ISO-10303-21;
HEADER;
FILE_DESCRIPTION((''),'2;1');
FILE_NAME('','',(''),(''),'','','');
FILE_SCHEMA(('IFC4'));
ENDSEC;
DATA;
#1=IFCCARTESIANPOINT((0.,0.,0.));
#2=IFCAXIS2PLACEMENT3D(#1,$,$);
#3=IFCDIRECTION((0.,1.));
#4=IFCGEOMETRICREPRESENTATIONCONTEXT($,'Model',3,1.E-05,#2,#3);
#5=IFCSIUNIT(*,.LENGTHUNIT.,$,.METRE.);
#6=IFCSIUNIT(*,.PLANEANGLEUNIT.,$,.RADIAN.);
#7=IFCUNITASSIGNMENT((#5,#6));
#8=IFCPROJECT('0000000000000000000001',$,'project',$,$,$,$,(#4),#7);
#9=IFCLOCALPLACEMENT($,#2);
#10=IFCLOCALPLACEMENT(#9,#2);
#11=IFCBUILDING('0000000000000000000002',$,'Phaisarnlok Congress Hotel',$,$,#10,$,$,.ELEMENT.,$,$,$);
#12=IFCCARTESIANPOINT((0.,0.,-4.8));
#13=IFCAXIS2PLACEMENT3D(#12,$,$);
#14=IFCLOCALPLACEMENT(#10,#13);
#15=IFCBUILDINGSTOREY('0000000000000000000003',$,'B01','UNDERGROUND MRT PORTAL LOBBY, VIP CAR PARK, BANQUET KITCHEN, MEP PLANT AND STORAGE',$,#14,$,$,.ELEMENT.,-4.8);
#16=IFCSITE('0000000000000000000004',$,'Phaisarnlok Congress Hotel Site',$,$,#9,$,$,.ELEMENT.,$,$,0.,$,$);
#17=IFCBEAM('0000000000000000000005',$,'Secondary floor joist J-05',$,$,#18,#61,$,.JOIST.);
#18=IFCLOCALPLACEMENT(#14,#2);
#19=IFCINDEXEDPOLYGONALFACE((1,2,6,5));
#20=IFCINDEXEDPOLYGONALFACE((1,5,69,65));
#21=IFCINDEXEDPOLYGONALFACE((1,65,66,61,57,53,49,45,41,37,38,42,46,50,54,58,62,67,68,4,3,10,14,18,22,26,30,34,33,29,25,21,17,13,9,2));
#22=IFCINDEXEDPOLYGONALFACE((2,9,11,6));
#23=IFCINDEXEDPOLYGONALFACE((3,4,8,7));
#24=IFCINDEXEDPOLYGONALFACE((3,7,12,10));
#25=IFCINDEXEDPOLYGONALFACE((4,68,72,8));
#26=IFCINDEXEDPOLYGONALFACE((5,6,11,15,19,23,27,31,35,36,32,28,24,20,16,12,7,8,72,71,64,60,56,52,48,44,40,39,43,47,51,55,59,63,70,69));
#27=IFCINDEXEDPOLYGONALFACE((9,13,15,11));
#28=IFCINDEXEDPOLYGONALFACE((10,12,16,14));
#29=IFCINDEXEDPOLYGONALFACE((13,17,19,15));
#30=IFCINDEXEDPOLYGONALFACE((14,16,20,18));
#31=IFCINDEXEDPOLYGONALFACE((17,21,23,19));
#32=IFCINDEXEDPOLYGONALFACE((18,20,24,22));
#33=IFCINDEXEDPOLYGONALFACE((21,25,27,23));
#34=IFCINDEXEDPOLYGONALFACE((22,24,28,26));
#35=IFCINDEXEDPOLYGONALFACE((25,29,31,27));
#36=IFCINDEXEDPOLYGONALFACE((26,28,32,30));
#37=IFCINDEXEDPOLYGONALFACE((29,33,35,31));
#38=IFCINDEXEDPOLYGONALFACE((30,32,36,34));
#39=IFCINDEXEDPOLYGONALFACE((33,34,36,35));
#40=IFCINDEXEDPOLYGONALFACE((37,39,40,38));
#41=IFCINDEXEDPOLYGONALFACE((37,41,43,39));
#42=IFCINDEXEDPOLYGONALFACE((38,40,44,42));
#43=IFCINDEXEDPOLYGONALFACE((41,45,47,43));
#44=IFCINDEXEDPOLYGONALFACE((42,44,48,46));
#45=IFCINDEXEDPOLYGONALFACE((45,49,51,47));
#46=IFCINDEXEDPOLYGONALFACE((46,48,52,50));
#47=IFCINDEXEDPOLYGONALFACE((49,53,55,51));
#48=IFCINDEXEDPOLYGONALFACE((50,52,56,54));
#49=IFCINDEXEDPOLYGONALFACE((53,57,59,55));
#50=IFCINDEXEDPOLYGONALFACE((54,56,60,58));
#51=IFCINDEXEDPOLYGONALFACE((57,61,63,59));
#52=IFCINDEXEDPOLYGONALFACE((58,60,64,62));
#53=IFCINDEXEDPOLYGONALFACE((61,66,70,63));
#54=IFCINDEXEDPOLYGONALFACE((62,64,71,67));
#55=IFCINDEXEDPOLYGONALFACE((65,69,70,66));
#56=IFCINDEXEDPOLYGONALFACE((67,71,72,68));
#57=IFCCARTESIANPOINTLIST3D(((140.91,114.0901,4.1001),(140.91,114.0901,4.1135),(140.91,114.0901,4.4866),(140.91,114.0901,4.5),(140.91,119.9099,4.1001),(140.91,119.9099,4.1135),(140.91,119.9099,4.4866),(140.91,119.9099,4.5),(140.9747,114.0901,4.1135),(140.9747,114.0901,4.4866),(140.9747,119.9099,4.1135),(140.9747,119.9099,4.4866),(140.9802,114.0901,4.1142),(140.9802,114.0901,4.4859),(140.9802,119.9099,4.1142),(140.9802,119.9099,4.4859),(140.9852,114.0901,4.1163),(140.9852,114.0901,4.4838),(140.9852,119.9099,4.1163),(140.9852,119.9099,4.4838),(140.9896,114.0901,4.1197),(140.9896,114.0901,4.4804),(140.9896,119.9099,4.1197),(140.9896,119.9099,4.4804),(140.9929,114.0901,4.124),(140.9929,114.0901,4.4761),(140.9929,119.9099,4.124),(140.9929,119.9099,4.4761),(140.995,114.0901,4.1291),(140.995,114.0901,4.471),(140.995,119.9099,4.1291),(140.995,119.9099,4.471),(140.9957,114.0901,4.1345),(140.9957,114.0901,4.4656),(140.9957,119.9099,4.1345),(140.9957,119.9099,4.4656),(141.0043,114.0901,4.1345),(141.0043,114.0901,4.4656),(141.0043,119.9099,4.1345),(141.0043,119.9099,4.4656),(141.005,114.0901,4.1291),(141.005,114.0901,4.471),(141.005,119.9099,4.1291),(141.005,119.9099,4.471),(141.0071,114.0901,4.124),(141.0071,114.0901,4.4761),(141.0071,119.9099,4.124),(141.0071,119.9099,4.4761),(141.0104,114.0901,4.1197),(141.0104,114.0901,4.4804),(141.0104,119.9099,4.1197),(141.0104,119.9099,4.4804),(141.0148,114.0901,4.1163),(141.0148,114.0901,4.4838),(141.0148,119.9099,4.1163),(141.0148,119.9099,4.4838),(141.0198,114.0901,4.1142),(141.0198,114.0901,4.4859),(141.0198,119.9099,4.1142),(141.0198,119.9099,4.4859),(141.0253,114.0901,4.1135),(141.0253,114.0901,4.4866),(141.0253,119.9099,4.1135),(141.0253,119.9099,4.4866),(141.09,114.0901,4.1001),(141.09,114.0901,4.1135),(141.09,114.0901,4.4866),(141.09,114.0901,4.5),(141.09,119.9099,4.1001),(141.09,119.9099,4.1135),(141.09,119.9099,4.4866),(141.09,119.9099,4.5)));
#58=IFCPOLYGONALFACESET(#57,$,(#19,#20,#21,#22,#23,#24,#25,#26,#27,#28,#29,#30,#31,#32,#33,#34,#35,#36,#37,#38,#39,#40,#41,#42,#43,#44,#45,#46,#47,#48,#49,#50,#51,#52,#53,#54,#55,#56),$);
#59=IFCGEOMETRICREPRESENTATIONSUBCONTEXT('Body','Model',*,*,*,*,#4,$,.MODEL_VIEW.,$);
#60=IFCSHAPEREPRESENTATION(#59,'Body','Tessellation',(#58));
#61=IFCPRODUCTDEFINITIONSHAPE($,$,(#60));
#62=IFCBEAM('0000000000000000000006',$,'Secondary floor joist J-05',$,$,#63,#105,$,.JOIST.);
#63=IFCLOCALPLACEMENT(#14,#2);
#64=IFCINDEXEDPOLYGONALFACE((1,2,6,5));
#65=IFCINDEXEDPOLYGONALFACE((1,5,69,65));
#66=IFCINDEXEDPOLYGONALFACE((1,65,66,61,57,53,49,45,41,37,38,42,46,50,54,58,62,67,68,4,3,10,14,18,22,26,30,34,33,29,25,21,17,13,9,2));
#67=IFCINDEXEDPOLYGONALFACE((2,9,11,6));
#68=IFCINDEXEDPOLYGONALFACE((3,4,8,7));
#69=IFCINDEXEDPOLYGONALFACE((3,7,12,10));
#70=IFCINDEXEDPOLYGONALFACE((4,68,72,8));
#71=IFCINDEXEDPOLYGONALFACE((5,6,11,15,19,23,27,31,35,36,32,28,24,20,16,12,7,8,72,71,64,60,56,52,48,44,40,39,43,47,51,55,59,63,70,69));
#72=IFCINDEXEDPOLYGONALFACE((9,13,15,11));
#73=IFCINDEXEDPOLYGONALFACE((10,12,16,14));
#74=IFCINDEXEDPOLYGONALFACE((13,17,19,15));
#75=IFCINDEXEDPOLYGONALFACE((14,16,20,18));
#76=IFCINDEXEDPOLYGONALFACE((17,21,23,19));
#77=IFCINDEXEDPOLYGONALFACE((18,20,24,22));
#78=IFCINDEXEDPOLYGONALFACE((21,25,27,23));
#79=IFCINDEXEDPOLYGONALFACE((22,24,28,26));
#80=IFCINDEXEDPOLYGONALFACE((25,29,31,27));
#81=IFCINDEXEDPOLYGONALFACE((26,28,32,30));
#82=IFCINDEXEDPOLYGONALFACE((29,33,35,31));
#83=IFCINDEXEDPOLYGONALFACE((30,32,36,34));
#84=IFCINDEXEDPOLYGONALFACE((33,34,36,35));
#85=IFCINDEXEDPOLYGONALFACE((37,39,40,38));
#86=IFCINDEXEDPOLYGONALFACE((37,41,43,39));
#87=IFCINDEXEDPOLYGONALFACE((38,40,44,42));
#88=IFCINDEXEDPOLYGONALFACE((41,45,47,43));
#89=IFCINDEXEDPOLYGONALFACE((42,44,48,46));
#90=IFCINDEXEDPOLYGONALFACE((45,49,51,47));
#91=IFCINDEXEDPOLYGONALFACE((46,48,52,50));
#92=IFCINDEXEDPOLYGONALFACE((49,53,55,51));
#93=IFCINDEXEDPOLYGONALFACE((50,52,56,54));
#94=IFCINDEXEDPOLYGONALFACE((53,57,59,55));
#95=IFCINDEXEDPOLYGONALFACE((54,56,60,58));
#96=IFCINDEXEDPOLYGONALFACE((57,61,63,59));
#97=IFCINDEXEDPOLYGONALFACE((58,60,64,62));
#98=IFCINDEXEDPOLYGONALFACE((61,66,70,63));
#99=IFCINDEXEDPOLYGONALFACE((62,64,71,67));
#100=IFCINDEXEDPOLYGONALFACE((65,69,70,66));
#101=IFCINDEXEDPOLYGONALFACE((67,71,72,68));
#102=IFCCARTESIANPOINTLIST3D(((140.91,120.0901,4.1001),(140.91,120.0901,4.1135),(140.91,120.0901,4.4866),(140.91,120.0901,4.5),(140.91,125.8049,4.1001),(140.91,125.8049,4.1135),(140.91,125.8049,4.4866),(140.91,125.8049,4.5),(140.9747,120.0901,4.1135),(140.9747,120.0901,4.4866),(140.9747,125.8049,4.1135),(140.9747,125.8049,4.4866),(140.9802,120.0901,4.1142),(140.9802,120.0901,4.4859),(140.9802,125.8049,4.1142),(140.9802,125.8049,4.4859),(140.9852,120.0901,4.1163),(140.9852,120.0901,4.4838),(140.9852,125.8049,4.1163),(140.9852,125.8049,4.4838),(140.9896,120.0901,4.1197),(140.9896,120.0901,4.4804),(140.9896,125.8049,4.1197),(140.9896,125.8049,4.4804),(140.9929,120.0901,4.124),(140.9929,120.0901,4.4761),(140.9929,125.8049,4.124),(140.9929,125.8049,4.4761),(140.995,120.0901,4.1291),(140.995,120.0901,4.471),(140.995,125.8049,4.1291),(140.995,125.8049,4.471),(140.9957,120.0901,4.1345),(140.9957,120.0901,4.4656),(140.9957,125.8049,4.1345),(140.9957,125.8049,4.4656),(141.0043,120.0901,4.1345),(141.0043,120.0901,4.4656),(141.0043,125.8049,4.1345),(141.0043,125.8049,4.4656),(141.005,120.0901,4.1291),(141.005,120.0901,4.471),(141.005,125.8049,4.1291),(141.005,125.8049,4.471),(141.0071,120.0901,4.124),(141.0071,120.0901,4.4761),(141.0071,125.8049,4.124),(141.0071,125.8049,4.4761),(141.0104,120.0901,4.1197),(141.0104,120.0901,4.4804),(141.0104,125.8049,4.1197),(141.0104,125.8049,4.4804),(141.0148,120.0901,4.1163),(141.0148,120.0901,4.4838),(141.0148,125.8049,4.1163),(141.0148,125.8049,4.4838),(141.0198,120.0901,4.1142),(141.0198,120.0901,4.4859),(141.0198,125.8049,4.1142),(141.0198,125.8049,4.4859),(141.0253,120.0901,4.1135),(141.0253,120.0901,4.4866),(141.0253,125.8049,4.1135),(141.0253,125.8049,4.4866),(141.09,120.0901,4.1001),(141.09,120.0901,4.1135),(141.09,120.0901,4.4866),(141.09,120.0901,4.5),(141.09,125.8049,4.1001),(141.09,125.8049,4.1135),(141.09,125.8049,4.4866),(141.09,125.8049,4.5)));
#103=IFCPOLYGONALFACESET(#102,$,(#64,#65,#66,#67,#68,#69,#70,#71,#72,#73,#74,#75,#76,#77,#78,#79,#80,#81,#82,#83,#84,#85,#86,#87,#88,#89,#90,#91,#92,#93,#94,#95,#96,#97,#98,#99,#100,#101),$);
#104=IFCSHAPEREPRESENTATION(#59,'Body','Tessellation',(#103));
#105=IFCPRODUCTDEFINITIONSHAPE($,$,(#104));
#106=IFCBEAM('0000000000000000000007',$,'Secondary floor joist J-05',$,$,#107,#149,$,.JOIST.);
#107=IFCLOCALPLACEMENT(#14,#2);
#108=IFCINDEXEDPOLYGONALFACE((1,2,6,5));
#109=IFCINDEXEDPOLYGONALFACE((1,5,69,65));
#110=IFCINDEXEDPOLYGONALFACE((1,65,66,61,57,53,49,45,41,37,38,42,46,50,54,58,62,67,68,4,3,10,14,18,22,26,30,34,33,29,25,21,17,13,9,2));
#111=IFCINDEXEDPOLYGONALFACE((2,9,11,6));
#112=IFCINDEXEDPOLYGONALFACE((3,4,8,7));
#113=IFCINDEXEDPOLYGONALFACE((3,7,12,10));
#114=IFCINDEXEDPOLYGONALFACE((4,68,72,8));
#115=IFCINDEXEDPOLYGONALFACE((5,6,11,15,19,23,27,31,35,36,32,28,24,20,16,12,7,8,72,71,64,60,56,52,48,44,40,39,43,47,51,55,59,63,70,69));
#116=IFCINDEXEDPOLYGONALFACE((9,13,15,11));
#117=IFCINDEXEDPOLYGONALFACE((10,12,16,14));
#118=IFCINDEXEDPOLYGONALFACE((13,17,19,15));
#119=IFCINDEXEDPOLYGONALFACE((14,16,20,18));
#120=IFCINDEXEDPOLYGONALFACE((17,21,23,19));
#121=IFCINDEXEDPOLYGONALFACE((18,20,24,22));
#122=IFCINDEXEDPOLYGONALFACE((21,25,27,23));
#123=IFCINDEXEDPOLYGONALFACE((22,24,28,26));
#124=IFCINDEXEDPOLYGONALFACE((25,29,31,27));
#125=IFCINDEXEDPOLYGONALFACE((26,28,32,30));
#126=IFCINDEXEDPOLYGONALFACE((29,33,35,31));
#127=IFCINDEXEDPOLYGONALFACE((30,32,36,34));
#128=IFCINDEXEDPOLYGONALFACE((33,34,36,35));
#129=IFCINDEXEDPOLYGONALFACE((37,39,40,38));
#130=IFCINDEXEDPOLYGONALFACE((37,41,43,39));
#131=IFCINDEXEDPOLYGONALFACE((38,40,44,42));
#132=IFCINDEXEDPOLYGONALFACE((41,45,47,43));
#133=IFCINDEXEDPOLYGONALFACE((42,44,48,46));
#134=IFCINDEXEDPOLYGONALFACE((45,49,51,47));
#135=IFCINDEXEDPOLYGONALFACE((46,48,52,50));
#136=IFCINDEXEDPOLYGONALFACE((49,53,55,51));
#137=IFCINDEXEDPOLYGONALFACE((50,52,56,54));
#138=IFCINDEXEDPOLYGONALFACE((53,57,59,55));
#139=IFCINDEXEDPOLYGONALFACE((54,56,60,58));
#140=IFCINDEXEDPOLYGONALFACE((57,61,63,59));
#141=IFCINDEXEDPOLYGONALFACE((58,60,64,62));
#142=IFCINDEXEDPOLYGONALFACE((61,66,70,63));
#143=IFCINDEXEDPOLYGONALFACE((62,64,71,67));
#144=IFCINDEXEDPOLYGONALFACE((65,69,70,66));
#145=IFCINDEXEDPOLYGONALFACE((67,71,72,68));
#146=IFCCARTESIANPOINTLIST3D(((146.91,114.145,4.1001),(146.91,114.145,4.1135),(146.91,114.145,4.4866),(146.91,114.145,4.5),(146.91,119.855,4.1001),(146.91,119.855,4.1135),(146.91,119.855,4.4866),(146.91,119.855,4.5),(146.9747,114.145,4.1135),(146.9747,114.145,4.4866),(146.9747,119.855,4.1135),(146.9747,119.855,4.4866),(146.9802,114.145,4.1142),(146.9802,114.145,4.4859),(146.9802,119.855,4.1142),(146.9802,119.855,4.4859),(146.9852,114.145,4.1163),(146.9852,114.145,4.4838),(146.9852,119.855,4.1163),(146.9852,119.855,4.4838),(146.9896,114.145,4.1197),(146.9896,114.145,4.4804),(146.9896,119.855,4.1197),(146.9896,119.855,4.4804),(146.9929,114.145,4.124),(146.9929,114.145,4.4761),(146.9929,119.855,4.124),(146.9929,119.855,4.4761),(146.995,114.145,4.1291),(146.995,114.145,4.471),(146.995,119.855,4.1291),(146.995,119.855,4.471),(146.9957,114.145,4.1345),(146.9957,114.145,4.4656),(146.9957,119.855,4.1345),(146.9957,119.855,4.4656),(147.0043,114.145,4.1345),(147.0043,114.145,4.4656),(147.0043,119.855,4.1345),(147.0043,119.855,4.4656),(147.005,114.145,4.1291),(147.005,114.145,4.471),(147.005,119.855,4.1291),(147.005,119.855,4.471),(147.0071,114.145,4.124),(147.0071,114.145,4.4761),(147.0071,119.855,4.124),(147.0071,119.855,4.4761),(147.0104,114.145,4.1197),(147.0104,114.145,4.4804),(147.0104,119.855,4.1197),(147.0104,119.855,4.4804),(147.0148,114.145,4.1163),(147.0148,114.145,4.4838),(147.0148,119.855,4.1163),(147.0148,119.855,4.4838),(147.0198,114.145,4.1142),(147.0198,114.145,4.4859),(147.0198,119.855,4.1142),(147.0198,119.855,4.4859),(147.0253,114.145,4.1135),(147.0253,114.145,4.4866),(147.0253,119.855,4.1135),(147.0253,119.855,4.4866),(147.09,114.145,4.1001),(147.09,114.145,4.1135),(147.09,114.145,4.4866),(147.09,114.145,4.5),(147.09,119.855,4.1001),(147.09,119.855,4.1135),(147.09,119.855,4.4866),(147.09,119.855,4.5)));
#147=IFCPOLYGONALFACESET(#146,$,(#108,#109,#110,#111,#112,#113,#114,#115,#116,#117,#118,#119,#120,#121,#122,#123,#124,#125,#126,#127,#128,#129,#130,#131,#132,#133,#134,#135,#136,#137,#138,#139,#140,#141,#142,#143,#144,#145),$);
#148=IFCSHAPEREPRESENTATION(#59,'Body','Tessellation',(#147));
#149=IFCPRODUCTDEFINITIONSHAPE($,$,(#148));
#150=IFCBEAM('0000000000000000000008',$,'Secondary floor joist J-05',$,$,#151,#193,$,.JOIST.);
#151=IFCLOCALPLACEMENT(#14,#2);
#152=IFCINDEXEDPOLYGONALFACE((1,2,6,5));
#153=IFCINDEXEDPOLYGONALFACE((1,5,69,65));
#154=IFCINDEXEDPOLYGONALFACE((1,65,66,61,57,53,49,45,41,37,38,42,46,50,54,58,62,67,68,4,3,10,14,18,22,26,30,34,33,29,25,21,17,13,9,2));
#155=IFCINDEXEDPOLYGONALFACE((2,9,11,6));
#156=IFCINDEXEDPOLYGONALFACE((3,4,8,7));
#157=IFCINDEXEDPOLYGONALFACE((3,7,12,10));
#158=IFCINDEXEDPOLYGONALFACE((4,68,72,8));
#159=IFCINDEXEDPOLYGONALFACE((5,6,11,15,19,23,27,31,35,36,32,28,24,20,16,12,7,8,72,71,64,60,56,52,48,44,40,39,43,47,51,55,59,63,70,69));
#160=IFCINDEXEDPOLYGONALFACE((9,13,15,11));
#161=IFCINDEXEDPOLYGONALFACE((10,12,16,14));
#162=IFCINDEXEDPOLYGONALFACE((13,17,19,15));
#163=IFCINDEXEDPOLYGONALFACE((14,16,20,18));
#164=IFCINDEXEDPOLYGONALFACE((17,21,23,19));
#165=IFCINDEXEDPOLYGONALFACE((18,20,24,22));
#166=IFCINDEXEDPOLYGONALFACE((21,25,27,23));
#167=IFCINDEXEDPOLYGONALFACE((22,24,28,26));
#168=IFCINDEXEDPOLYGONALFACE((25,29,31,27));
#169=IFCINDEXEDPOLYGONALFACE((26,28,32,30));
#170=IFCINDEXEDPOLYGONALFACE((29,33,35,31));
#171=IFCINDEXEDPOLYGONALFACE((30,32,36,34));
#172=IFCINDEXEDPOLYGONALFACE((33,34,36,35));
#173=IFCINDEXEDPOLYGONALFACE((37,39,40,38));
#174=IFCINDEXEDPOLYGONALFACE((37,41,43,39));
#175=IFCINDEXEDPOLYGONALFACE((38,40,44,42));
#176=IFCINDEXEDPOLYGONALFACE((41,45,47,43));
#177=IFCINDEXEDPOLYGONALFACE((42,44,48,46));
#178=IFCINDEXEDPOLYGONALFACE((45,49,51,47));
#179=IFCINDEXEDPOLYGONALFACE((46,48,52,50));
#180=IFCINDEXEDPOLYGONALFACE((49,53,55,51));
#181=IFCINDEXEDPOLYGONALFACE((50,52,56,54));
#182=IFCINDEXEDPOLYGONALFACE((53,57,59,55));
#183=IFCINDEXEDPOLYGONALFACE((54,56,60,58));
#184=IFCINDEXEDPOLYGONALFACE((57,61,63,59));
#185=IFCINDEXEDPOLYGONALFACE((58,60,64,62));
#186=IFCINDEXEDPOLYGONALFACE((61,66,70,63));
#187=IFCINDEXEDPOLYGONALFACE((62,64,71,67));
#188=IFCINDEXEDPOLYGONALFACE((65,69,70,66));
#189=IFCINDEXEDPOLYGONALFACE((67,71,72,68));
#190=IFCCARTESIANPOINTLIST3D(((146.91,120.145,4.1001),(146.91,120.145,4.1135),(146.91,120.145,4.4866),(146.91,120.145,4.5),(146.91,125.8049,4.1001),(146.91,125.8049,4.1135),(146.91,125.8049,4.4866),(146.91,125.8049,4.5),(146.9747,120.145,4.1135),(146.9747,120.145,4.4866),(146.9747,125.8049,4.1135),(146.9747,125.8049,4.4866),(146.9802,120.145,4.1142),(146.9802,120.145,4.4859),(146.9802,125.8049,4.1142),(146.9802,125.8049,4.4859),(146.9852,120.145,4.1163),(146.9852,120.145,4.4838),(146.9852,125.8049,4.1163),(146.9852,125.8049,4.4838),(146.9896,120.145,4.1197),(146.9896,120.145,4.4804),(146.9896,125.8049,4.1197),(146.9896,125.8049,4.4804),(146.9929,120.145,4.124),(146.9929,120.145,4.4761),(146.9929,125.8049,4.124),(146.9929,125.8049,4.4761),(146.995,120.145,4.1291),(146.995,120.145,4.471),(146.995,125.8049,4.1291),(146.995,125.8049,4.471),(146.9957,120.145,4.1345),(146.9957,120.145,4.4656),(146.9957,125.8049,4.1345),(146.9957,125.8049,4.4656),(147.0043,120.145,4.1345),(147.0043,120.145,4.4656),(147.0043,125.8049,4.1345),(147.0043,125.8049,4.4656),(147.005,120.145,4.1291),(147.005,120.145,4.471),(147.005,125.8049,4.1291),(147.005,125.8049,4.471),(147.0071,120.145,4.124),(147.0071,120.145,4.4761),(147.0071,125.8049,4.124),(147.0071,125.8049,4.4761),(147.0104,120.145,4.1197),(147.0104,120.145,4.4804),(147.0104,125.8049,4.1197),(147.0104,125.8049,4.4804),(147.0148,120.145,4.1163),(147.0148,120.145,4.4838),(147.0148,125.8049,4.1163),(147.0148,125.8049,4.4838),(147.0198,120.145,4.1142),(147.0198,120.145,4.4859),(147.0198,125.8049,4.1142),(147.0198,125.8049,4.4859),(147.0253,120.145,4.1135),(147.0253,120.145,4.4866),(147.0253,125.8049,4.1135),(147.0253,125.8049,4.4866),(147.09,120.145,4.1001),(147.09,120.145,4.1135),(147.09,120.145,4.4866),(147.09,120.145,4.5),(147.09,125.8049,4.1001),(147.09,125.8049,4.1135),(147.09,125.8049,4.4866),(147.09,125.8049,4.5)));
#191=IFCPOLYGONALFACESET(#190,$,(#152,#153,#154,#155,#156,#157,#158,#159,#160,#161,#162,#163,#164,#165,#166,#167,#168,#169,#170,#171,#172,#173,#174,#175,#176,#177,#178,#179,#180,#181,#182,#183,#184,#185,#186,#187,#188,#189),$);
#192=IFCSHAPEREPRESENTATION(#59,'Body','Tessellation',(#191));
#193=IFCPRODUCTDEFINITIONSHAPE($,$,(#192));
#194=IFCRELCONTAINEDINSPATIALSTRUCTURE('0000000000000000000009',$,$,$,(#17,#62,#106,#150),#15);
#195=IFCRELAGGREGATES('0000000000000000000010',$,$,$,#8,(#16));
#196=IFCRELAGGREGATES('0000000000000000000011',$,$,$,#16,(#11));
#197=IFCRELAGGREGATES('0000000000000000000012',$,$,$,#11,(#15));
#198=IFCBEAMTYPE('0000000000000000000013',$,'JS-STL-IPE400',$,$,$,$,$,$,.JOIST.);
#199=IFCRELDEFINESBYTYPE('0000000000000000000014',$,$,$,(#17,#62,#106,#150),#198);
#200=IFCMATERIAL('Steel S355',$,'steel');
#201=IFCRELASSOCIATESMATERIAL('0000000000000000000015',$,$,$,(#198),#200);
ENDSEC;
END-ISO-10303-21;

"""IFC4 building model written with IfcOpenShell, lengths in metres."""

from ifc_helpers import new_model, si_unit, direction, frame, origin, origin_2d, place, context, subcontext, project, spatial, i_section, extrude, material, material_profile, profile_set, type_object, element, save


model = new_model("IFC4")

# Units and contexts
model_context = context("Model", 3, precision=1e-05, world=origin(), true_north=direction((0.0, 1.0)))
body_context = subcontext(model_context, "Body", "Model", "MODEL_VIEW")
ifc_project = project(units=[si_unit("LENGTHUNIT", "METRE"), si_unit("PLANEANGLEUNIT", "RADIAN")], contexts=[model_context])

# Site, building, storey
site_placement = place(None, origin())
site = spatial("IfcSite", under=ifc_project, at=site_placement, Name="Phaisarnlok Congress Hotel Site", CompositionType="ELEMENT", RefElevation=0.0)
building_placement = place(site_placement, origin())
building = spatial("IfcBuilding", under=site, at=building_placement, Name="Phaisarnlok Congress Hotel", CompositionType="ELEMENT")
storey_placement = place(building_placement, frame((0.0, 0.0, -4.8)))
storey = spatial("IfcBuildingStorey", under=building, at=storey_placement, Name="B01", Description="UNDERGROUND MRT PORTAL LOBBY, VIP CAR PARK, BANQUET KITCHEN, MEP PLANT AND STORAGE", CompositionType="ELEMENT", Elevation=-4.8)

# Beams
ifc_material_1 = material(Name="Steel S355", Category="steel")
ifc_material_profile_1 = material_profile(ifc_material_1, i_section(OverallWidth=0.1799, OverallDepth=0.3999, WebThickness=0.0085, FlangeThickness=0.0134, FilletRadius=0.021, at=origin_2d()), Name="IPE 400")
ifc_profile_set_1 = profile_set([ifc_material_profile_1], Name="Steel S355")
beam_type_1 = type_object("IfcBeamType", Name="JS-STL-IPE400", PredefinedType="JOIST", material=ifc_profile_set_1)
beam_1_placement = place(storey_placement, frame((141.0, 114.0901, 4.3), z_axis=(0.0, 1.0, 0.0), x_axis=(-1.0, 0.0, 0.0)))
element("IfcBeam", 1, at=beam_1_placement, inside=storey, type_object=beam_type_1, Name="Secondary floor joist J-05", PredefinedType="JOIST", context=body_context, shape_type="SweptSolid", body=[
    extrude(i_section(OverallWidth=0.1799, OverallDepth=0.3999, WebThickness=0.0085, FlangeThickness=0.0134, FilletRadius=0.021, at=origin_2d()), origin(), (0.0, 0.0, 1.0), 5.8198),
])
beam_2_placement = place(storey_placement, frame((141.0, 120.0901, 4.3), z_axis=(0.0, 1.0, 0.0), x_axis=(-1.0, 0.0, 0.0)))
element("IfcBeam", 2, at=beam_2_placement, inside=storey, type_object=beam_type_1, Name="Secondary floor joist J-05", PredefinedType="JOIST", context=body_context, shape_type="SweptSolid", body=[
    extrude(i_section(OverallWidth=0.1799, OverallDepth=0.3999, WebThickness=0.0085, FlangeThickness=0.0134, FilletRadius=0.021, at=origin_2d()), origin(), (0.0, 0.0, 1.0), 5.7148),
])
beam_3_placement = place(storey_placement, frame((147.0, 114.145, 4.3), z_axis=(0.0, 1.0, 0.0), x_axis=(-1.0, 0.0, 0.0)))
element("IfcBeam", 3, at=beam_3_placement, inside=storey, type_object=beam_type_1, Name="Secondary floor joist J-05", PredefinedType="JOIST", context=body_context, shape_type="SweptSolid", body=[
    extrude(i_section(OverallWidth=0.1799, OverallDepth=0.3999, WebThickness=0.0085, FlangeThickness=0.0134, FilletRadius=0.021, at=origin_2d()), origin(), (0.0, 0.0, 1.0), 5.71),
])
beam_4_placement = place(storey_placement, frame((147.0, 120.145, 4.3), z_axis=(0.0, 1.0, 0.0), x_axis=(-1.0, 0.0, 0.0)))
element("IfcBeam", 4, at=beam_4_placement, inside=storey, type_object=beam_type_1, Name="Secondary floor joist J-05", PredefinedType="JOIST", context=body_context, shape_type="SweptSolid", body=[
    extrude(i_section(OverallWidth=0.1799, OverallDepth=0.3999, WebThickness=0.0085, FlangeThickness=0.0134, FilletRadius=0.021, at=origin_2d()), origin(), (0.0, 0.0, 1.0), 5.6599),
])

save(model, "model.ifc")
